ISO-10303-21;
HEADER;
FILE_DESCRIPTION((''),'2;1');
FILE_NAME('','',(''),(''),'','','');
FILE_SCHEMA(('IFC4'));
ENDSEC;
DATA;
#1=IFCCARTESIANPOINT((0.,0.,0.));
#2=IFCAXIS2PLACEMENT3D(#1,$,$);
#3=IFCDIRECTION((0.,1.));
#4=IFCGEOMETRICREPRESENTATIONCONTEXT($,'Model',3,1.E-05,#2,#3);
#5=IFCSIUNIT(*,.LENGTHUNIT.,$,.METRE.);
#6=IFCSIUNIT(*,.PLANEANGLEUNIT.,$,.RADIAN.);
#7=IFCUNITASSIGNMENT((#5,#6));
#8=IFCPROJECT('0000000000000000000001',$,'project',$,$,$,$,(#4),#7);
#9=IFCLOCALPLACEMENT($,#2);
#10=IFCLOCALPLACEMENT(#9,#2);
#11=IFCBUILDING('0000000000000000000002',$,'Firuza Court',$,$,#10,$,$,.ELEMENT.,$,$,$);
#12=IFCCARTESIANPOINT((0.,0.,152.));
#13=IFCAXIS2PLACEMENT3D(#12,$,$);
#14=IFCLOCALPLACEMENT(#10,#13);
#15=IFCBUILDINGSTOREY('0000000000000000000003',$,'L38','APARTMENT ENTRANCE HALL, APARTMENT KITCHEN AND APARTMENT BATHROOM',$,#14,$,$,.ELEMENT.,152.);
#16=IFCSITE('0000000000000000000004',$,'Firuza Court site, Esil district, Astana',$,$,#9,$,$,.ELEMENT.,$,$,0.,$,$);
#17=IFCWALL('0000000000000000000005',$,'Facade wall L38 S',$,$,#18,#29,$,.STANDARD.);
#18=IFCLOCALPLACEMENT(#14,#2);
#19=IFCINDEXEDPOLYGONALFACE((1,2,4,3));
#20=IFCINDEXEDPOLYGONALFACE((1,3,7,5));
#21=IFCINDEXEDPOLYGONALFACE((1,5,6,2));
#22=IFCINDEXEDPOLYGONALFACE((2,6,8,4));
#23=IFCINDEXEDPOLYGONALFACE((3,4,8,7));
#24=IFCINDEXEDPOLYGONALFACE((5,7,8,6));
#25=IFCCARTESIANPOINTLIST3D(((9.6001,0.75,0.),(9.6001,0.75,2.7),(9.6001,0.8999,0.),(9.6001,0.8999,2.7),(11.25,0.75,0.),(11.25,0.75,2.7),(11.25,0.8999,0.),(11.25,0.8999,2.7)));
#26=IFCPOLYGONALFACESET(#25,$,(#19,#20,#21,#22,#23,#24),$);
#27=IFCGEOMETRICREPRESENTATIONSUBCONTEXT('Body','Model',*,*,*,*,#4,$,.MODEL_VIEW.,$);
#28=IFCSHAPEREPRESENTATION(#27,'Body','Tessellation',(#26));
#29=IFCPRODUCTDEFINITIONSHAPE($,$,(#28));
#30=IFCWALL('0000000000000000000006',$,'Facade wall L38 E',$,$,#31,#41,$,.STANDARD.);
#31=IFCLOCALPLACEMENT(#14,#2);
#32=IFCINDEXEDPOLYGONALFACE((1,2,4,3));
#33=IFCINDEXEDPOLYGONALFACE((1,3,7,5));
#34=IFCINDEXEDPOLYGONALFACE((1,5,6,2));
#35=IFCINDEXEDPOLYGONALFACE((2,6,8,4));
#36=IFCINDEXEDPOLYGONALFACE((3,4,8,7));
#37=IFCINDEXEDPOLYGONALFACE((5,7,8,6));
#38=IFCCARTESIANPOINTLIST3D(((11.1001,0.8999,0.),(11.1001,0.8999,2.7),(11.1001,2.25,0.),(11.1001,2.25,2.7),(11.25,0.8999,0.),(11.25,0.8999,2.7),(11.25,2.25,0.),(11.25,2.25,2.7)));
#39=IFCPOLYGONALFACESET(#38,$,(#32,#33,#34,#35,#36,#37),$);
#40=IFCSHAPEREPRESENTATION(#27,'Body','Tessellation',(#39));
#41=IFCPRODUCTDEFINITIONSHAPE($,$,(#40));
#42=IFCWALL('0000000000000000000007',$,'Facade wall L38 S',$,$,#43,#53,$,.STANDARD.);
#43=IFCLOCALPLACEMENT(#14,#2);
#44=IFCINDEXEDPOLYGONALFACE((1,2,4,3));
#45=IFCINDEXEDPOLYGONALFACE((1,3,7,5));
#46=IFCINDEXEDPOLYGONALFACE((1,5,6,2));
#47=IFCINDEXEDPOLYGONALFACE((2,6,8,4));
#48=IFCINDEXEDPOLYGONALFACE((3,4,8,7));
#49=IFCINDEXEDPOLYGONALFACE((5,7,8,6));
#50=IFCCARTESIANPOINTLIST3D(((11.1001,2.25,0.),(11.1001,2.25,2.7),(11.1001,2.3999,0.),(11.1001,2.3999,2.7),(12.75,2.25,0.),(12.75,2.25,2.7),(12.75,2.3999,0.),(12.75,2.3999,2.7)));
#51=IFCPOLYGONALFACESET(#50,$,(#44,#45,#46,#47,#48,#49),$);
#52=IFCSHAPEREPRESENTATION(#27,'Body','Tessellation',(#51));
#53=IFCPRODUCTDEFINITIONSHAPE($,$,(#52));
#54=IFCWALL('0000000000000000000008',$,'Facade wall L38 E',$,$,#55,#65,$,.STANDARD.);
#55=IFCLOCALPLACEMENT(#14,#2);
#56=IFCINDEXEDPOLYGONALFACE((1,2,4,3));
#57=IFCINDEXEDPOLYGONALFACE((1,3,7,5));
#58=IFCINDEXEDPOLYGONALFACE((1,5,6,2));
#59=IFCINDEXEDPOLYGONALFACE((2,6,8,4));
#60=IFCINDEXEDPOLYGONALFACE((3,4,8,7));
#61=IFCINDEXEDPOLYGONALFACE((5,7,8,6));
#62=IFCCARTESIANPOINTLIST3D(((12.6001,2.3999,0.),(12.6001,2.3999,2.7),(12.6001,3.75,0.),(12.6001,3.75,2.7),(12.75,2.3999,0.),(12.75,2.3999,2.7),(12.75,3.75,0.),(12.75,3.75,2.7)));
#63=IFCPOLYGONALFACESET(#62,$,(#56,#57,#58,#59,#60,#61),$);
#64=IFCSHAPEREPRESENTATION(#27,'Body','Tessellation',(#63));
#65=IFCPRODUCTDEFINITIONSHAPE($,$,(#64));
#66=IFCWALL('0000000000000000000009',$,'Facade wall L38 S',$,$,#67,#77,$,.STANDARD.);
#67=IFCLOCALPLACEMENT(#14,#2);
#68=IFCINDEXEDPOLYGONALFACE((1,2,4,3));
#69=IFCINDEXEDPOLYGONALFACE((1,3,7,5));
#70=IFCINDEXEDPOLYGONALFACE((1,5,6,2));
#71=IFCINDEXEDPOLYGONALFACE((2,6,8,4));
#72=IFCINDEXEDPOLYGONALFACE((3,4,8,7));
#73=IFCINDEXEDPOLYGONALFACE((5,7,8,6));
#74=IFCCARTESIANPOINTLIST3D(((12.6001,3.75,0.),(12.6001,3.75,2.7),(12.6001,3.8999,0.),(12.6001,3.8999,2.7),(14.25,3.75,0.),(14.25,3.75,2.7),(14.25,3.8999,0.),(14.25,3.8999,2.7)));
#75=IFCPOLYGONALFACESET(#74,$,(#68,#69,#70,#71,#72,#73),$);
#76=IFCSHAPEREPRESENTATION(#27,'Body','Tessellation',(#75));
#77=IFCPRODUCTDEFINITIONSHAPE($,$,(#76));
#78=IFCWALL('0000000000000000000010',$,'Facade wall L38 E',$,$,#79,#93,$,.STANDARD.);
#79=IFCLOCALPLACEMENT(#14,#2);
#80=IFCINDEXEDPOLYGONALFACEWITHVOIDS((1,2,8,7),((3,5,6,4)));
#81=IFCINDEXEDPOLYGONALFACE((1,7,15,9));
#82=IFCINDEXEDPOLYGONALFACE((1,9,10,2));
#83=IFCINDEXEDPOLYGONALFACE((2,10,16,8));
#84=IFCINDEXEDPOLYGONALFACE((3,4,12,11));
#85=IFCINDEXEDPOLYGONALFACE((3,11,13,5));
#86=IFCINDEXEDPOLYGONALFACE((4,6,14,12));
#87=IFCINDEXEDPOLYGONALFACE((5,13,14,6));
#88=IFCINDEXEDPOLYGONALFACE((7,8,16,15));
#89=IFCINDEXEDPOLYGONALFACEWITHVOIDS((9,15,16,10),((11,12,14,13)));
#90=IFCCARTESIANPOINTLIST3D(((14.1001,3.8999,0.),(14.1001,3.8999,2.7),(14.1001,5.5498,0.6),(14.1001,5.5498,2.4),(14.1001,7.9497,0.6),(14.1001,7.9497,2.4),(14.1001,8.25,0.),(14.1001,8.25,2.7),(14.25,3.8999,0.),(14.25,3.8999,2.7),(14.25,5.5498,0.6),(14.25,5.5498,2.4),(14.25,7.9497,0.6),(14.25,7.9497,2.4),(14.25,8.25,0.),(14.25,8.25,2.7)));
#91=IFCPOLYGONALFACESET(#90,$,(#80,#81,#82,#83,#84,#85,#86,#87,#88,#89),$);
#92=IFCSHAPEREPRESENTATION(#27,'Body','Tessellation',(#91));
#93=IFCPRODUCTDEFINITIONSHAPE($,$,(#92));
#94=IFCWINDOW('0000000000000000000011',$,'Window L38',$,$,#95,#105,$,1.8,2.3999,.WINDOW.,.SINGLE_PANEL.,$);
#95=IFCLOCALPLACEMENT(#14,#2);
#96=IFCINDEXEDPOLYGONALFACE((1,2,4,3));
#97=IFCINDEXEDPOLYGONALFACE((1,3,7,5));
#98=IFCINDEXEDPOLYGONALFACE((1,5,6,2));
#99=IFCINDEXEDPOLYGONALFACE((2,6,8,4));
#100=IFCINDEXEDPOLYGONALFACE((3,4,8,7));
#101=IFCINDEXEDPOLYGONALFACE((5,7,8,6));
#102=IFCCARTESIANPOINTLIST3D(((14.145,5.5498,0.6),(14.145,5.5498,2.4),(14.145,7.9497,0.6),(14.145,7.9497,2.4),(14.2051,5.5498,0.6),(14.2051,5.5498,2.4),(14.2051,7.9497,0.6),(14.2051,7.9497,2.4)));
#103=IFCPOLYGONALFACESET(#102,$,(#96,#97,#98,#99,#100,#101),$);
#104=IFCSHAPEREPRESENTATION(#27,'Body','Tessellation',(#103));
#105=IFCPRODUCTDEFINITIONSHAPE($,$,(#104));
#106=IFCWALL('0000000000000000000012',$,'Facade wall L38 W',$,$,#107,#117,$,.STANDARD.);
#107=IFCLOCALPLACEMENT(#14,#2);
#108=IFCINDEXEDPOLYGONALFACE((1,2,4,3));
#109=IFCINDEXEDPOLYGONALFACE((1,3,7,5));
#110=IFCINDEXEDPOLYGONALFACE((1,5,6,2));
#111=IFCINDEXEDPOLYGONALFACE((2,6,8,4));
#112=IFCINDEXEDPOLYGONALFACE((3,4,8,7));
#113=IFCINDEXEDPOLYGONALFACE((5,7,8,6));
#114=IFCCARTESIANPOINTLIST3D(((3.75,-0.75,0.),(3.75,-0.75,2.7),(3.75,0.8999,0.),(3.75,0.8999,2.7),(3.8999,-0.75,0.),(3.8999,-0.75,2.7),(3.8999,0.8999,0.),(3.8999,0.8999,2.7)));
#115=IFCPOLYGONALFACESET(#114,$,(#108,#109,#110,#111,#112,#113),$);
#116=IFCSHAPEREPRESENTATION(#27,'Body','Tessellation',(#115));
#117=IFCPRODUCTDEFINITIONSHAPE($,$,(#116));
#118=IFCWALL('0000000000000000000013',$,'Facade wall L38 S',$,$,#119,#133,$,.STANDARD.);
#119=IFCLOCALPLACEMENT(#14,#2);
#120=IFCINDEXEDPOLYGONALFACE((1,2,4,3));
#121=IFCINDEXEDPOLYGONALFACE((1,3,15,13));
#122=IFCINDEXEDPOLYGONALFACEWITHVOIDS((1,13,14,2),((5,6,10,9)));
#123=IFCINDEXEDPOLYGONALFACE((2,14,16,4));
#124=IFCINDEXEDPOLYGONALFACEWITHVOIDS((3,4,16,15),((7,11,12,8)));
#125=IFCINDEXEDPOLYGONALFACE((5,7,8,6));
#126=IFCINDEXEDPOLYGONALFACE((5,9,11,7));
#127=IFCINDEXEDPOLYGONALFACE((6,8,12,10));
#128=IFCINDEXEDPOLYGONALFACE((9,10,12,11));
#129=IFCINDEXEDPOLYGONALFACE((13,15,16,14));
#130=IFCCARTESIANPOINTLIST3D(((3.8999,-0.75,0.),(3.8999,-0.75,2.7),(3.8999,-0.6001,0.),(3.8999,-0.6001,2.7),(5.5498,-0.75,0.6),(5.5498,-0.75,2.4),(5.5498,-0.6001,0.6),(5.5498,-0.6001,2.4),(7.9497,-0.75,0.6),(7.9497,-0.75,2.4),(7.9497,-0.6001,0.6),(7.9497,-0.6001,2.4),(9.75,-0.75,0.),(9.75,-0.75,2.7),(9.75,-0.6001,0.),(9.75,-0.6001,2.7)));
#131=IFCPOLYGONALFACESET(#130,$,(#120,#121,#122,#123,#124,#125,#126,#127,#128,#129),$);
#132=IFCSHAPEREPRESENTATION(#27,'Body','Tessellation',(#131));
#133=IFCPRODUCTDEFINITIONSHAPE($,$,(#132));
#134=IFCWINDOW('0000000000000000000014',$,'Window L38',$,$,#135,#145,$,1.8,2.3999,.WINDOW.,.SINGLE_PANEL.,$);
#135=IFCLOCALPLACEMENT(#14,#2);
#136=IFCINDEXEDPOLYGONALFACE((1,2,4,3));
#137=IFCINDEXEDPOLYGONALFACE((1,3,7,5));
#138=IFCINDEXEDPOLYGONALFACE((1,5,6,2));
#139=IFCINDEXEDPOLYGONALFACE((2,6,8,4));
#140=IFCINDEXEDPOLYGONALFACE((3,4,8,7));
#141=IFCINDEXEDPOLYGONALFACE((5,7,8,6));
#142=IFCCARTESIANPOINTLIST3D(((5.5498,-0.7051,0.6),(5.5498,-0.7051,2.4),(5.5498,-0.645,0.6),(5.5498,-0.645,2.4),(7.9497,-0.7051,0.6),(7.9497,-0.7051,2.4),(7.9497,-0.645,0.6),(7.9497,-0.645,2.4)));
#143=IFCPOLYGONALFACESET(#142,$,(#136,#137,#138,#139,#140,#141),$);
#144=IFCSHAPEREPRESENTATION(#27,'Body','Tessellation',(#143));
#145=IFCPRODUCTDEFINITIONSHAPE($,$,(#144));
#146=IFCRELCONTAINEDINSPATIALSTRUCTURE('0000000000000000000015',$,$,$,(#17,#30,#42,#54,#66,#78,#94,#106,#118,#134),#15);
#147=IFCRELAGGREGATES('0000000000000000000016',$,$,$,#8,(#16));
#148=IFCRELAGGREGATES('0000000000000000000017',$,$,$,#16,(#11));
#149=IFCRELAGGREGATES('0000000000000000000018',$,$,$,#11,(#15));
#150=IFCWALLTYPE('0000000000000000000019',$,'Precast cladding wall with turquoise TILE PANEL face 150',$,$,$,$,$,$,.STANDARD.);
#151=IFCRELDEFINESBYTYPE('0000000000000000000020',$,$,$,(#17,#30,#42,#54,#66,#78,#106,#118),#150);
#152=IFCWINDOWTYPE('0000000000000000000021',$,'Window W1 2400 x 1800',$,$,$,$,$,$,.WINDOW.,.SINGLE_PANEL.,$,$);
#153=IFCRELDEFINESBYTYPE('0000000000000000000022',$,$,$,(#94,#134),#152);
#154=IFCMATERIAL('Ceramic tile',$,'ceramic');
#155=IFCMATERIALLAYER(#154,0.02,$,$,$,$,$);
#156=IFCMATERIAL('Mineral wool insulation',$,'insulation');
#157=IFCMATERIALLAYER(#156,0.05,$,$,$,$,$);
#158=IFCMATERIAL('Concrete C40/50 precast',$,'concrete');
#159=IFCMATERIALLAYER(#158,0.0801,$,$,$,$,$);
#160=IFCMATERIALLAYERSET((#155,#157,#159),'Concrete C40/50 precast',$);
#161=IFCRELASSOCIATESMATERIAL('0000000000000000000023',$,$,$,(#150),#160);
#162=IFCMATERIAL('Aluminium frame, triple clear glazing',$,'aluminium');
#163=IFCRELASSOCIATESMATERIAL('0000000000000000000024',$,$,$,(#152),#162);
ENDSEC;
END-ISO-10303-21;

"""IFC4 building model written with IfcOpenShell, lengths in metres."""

from ifc_helpers import new_model, si_unit, direction, frame, frame_2d, origin, place, context, subcontext, project, spatial, rectangle, extrude, material, layer, layer_set, type_object, element, fill, save


model = new_model("IFC4")

# Units and contexts
model_context = context("Model", 3, precision=1e-05, world=origin(), true_north=direction((0.0, 1.0)))
body_context = subcontext(model_context, "Body", "Model", "MODEL_VIEW")
ifc_project = project(units=[si_unit("LENGTHUNIT", "METRE"), si_unit("PLANEANGLEUNIT", "RADIAN")], contexts=[model_context])

# Site, building, storey
site_placement = place(None, origin())
site = spatial("IfcSite", under=ifc_project, at=site_placement, Name="Firuza Court site, Esil district, Astana", CompositionType="ELEMENT", RefElevation=0.0)
building_placement = place(site_placement, origin())
building = spatial("IfcBuilding", under=site, at=building_placement, Name="Firuza Court", CompositionType="ELEMENT")
storey_placement = place(building_placement, frame((0.0, 0.0, 152.0)))
storey = spatial("IfcBuildingStorey", under=building, at=storey_placement, Name="L38", Description="APARTMENT ENTRANCE HALL, APARTMENT KITCHEN AND APARTMENT BATHROOM", CompositionType="ELEMENT", Elevation=152.0)

# Walls
ifc_material_1 = material(Name="Ceramic tile", Category="ceramic")
ifc_layer_1 = layer(ifc_material_1, 0.02)
ifc_material_2 = material(Name="Mineral wool insulation", Category="insulation")
ifc_layer_2 = layer(ifc_material_2, 0.05)
ifc_material_3 = material(Name="Concrete C40/50 precast", Category="concrete")
ifc_layer_3 = layer(ifc_material_3, 0.0801)
ifc_layer_set_1 = layer_set([ifc_layer_1, ifc_layer_2, ifc_layer_3], Name="Concrete C40/50 precast")
wall_type_1 = type_object("IfcWallType", Name="Precast cladding wall with turquoise TILE PANEL face 150", PredefinedType="STANDARD", material=ifc_layer_set_1)
wall_1_placement = place(storey_placement, frame((9.6001, 0.825, 0.0), z_axis=(0.0, 0.0, 1.0), x_axis=(1.0, 0.0, 0.0)))
element("IfcWall", 1, at=wall_1_placement, inside=storey, type_object=wall_type_1, Name="Facade wall L38 S", PredefinedType="STANDARD", context=body_context, shape_type="SweptSolid", body=[
    extrude(rectangle(XDim=1.6499, YDim=0.1499, at=frame_2d((0.825, 0.0))), origin(), (0.0, 0.0, 1.0), 2.7),
])
wall_2_placement = place(storey_placement, frame((11.175, 0.8999, 0.0), z_axis=(0.0, 0.0, 1.0), x_axis=(0.0, 1.0, 0.0)))
element("IfcWall", 2, at=wall_2_placement, inside=storey, type_object=wall_type_1, Name="Facade wall L38 E", PredefinedType="STANDARD", context=body_context, shape_type="SweptSolid", body=[
    extrude(rectangle(XDim=1.3501, YDim=0.1499, at=frame_2d((0.675, 0.0))), origin(), (0.0, 0.0, 1.0), 2.7),
])
wall_3_placement = place(storey_placement, frame((11.1001, 2.325, 0.0), z_axis=(0.0, 0.0, 1.0), x_axis=(1.0, 0.0, 0.0)))
element("IfcWall", 3, at=wall_3_placement, inside=storey, type_object=wall_type_1, Name="Facade wall L38 S", PredefinedType="STANDARD", context=body_context, shape_type="SweptSolid", body=[
    extrude(rectangle(XDim=1.6499, YDim=0.1499, at=frame_2d((0.825, 0.0))), origin(), (0.0, 0.0, 1.0), 2.7),
])
wall_4_placement = place(storey_placement, frame((12.675, 2.3999, 0.0), z_axis=(0.0, 0.0, 1.0), x_axis=(0.0, 1.0, 0.0)))
element("IfcWall", 4, at=wall_4_placement, inside=storey, type_object=wall_type_1, Name="Facade wall L38 E", PredefinedType="STANDARD", context=body_context, shape_type="SweptSolid", body=[
    extrude(rectangle(XDim=1.3501, YDim=0.1499, at=frame_2d((0.675, 0.0))), origin(), (0.0, 0.0, 1.0), 2.7),
])
wall_5_placement = place(storey_placement, frame((12.6001, 3.825, 0.0), z_axis=(0.0, 0.0, 1.0), x_axis=(1.0, 0.0, 0.0)))
element("IfcWall", 5, at=wall_5_placement, inside=storey, type_object=wall_type_1, Name="Facade wall L38 S", PredefinedType="STANDARD", context=body_context, shape_type="SweptSolid", body=[
    extrude(rectangle(XDim=1.6499, YDim=0.1499, at=frame_2d((0.825, 0.0))), origin(), (0.0, 0.0, 1.0), 2.7),
])

# Wall, opening, window
wall_6_placement = place(storey_placement, frame((14.175, 3.8999, 0.0), z_axis=(0.0, 0.0, 1.0), x_axis=(0.0, 1.0, 0.0)))
wall_6 = element("IfcWall", 6, at=wall_6_placement, inside=storey, type_object=wall_type_1, Name="Facade wall L38 E", PredefinedType="STANDARD", context=body_context, shape_type="SweptSolid", body=[
    extrude(rectangle(XDim=4.3501, YDim=0.1499, at=frame_2d((2.175, 0.0))), origin(), (0.0, 0.0, 1.0), 2.7),
])
opening_1_placement = place(wall_6_placement, frame((1.6499, 0.0, 0.6001)))
opening_1 = element("IfcOpeningElement", 7, at=opening_1_placement, cuts=wall_6, PredefinedType="OPENING", context=body_context, shape_type="SweptSolid", body=[
    extrude(rectangle(XDim=2.3999, YDim=1.8, at=frame_2d((1.2, 0.8999))), frame((0.0, 0.0869, 0.0), z_axis=(0.0, -1.0, 0.0), x_axis=(1.0, 0.0, 0.0)), (0.0, 0.0, 1.0), 0.1738),
])
ifc_material_4 = material(Name="Aluminium frame, triple clear glazing", Category="aluminium")
window_type = type_object("IfcWindowType", Name="Window W1 2400 x 1800", PartitioningType="SINGLE_PANEL", PredefinedType="WINDOW", material=ifc_material_4)
window_1_placement = place(opening_1_placement, origin())
window_1 = element("IfcWindow", 8, at=window_1_placement, inside=storey, type_object=window_type, Name="Window L38", OverallHeight=1.8, OverallWidth=2.3999, PartitioningType="SINGLE_PANEL", PredefinedType="WINDOW", context=body_context, shape_type="SweptSolid", body=[
    extrude(rectangle(XDim=2.3999, YDim=1.8, at=frame_2d((1.2, 0.8999))), frame((0.0, 0.03, 0.0), z_axis=(0.0, -1.0, 0.0), x_axis=(1.0, 0.0, 0.0)), (0.0, 0.0, 1.0), 0.0601),
])
fill(opening_1, window_1)

# Wall
wall_7_placement = place(storey_placement, frame((3.825, 0.8999, 0.0), z_axis=(0.0, 0.0, 1.0), x_axis=(0.0, -1.0, 0.0)))
element("IfcWall", 9, at=wall_7_placement, inside=storey, type_object=wall_type_1, Name="Facade wall L38 W", PredefinedType="STANDARD", context=body_context, shape_type="SweptSolid", body=[
    extrude(rectangle(XDim=1.6499, YDim=0.1499, at=frame_2d((0.825, 0.0))), origin(), (0.0, 0.0, 1.0), 2.7),
])

# Wall, opening, window
wall_8_placement = place(storey_placement, frame((3.8999, -0.675, 0.0), z_axis=(0.0, 0.0, 1.0), x_axis=(1.0, 0.0, 0.0)))
wall_8 = element("IfcWall", 10, at=wall_8_placement, inside=storey, type_object=wall_type_1, Name="Facade wall L38 S", PredefinedType="STANDARD", context=body_context, shape_type="SweptSolid", body=[
    extrude(rectangle(XDim=5.8501, YDim=0.1499, at=frame_2d((2.925, 0.0))), origin(), (0.0, 0.0, 1.0), 2.7),
])
opening_2_placement = place(wall_8_placement, frame((1.6499, 0.0, 0.6001)))
opening_2 = element("IfcOpeningElement", 11, at=opening_2_placement, cuts=wall_8, PredefinedType="OPENING", context=body_context, shape_type="SweptSolid", body=[
    extrude(rectangle(XDim=2.3999, YDim=1.8, at=frame_2d((1.2, 0.8999))), frame((0.0, 0.0869, 0.0), z_axis=(0.0, -1.0, 0.0), x_axis=(1.0, 0.0, 0.0)), (0.0, 0.0, 1.0), 0.1738),
])
window_2_placement = place(opening_2_placement, origin())
window_2 = element("IfcWindow", 12, at=window_2_placement, inside=storey, type_object=window_type, Name="Window L38", OverallHeight=1.8, OverallWidth=2.3999, PartitioningType="SINGLE_PANEL", PredefinedType="WINDOW", context=body_context, shape_type="SweptSolid", body=[
    extrude(rectangle(XDim=2.3999, YDim=1.8, at=frame_2d((1.2, 0.8999))), frame((0.0, 0.03, 0.0), z_axis=(0.0, -1.0, 0.0), x_axis=(1.0, 0.0, 0.0)), (0.0, 0.0, 1.0), 0.0601),
])
fill(opening_2, window_2)

save(model, "model.ifc")
